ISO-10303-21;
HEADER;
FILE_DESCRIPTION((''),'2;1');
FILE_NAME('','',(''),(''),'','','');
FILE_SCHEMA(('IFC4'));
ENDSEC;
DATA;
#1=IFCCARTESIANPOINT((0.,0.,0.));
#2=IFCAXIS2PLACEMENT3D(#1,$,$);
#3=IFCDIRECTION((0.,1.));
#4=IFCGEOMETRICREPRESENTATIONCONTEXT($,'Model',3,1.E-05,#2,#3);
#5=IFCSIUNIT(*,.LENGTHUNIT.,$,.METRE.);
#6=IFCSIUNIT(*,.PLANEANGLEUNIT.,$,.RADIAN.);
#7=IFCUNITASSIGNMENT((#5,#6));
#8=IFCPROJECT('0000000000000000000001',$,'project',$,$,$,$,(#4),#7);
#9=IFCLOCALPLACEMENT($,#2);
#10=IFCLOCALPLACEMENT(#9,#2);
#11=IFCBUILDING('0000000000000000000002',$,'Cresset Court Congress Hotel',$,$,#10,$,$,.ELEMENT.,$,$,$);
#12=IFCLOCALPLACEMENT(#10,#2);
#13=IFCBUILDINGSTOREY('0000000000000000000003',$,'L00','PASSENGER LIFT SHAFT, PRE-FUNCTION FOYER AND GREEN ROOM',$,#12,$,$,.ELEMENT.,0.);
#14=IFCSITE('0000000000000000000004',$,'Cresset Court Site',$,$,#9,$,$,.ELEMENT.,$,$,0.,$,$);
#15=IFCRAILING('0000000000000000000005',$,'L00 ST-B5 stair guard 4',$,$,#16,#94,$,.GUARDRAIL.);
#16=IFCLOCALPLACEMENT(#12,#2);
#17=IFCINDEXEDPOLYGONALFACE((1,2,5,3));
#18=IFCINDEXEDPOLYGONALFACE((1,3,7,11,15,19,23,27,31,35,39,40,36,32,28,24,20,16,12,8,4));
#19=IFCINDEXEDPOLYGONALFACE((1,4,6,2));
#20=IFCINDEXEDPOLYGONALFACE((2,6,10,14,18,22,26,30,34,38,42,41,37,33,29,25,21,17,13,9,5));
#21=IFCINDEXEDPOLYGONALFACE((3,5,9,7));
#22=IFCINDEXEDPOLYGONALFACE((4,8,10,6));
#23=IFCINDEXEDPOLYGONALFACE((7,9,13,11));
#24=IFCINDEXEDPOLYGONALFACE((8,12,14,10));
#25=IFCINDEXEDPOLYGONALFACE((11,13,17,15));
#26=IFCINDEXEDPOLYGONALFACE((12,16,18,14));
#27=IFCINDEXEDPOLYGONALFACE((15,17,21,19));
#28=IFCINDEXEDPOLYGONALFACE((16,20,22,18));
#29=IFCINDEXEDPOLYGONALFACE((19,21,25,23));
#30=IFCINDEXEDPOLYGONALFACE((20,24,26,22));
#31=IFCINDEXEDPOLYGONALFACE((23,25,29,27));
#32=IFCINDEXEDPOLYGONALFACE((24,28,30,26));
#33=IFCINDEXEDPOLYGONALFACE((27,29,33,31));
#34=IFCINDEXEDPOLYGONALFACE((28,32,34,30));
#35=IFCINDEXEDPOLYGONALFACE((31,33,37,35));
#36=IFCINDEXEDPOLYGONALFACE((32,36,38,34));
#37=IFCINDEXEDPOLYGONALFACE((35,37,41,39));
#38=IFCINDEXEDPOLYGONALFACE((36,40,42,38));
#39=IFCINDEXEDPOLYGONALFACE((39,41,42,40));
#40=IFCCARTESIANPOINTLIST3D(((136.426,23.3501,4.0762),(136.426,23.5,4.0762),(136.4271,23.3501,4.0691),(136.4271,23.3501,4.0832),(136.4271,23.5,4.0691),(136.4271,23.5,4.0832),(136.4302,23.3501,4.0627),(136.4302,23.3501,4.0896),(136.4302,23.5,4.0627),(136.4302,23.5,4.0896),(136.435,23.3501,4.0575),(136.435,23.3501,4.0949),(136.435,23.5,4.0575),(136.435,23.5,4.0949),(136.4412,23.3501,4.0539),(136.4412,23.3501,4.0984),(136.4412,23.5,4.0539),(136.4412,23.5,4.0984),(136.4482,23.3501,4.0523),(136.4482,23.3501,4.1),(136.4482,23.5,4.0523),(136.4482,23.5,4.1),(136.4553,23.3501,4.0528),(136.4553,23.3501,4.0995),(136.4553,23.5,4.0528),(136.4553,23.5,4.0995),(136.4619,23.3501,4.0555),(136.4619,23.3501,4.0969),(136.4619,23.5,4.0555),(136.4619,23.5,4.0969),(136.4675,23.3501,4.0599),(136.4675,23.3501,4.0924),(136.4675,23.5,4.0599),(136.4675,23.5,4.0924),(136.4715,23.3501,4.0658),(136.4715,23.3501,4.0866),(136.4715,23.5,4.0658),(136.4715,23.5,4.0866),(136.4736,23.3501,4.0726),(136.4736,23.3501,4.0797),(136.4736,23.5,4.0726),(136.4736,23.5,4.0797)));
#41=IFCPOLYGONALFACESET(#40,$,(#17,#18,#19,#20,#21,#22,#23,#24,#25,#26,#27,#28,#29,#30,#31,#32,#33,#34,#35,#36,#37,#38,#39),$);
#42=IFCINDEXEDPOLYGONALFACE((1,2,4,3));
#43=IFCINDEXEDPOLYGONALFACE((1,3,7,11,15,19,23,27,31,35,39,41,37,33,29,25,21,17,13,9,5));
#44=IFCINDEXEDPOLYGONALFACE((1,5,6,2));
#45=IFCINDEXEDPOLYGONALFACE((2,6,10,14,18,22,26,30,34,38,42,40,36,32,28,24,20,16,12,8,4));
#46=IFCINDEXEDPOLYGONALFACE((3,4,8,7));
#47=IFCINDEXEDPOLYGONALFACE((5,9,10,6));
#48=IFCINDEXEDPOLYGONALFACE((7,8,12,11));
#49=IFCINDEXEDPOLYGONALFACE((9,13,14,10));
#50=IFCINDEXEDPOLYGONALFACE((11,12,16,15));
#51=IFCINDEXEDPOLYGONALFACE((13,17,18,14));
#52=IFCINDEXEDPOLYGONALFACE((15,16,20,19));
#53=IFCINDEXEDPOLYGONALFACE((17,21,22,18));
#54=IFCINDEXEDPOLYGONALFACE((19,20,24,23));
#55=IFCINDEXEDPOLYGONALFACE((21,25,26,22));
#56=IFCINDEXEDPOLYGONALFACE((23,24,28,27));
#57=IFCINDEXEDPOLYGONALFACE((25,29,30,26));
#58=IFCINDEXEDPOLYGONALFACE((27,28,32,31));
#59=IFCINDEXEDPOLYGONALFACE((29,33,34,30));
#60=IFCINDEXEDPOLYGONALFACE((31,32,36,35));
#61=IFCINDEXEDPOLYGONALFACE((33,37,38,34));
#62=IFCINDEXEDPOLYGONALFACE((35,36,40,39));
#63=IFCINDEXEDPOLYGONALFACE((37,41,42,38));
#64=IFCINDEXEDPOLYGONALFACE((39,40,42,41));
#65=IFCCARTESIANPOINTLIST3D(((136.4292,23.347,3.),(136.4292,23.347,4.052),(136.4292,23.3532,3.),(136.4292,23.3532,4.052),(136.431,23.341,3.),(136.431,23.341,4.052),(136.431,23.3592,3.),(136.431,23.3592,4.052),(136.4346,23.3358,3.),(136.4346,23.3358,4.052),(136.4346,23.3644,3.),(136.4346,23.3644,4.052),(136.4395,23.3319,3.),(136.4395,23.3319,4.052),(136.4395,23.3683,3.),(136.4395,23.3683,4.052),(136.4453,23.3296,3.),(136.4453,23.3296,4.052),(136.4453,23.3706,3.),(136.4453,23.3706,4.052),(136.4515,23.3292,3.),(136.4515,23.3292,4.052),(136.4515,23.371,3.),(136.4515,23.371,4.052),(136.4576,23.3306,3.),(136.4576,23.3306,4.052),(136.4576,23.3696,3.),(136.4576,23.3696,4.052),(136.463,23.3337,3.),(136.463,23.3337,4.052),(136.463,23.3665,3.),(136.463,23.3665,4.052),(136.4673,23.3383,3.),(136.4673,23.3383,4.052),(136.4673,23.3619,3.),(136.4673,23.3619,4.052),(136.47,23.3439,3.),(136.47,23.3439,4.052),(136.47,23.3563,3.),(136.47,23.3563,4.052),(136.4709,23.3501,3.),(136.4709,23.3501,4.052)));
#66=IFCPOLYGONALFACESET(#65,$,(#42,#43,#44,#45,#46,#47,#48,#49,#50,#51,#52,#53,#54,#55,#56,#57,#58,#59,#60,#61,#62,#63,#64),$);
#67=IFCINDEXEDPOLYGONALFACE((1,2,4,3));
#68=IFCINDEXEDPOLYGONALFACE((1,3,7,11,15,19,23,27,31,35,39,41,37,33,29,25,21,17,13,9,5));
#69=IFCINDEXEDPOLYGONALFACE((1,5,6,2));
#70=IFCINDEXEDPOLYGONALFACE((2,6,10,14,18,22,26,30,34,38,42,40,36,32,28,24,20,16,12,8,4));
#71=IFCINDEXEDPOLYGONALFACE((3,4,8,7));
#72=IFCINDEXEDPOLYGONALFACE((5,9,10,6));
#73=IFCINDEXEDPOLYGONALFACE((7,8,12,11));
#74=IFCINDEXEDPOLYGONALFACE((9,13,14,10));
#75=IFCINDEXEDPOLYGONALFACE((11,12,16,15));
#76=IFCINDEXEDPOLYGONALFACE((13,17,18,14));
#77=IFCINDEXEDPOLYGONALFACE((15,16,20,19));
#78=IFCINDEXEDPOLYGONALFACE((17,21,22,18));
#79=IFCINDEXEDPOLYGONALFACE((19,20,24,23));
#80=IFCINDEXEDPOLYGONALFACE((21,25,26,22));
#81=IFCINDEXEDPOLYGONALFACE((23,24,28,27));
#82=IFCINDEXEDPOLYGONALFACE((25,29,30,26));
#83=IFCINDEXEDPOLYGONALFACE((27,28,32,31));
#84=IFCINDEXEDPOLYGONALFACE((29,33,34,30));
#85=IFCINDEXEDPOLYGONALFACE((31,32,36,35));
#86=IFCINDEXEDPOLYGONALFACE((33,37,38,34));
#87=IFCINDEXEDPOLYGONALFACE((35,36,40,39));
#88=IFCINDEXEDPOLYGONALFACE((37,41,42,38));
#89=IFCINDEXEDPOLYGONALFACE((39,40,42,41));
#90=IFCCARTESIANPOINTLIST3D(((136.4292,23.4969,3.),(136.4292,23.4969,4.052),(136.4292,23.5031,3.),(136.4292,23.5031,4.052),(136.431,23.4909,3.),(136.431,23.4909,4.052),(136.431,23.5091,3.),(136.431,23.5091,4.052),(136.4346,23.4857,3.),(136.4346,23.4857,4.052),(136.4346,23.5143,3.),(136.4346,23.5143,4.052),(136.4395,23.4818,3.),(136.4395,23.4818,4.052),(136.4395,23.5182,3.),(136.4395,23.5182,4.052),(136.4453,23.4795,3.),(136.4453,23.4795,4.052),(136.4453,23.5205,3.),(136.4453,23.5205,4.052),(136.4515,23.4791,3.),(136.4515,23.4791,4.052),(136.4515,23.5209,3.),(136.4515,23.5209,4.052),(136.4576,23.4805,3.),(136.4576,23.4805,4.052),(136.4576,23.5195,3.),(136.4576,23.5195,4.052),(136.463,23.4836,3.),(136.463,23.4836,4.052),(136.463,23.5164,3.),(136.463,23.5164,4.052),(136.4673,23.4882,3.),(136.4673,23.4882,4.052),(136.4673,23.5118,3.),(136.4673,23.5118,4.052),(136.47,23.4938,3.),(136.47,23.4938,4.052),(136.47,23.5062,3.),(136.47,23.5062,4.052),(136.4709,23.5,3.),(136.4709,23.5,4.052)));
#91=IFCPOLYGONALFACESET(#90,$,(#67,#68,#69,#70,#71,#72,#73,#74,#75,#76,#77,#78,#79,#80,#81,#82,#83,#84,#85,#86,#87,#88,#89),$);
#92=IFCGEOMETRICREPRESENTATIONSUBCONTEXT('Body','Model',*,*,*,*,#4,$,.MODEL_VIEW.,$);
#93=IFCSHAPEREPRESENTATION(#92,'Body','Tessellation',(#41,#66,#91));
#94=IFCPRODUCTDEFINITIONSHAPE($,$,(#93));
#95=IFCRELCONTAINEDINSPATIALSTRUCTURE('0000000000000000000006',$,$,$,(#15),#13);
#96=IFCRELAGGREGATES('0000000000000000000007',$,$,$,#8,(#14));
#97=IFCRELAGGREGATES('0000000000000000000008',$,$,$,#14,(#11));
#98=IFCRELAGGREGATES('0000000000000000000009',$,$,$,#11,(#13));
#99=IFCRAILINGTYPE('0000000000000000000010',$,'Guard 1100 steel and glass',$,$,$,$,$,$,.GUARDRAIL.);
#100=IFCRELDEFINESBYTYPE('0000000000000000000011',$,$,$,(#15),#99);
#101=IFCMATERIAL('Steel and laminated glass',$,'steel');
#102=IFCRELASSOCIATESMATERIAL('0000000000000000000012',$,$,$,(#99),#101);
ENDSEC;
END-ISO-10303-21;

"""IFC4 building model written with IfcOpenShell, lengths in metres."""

from ifc_helpers import new_model, si_unit, direction, frame, origin, origin_2d, place, context, subcontext, project, spatial, circle, extrude, material, type_object, element, save


model = new_model("IFC4")

# Units and contexts
model_context = context("Model", 3, precision=1e-05, world=origin(), true_north=direction((0.0, 1.0)))
body_context = subcontext(model_context, "Body", "Model", "MODEL_VIEW")
ifc_project = project(units=[si_unit("LENGTHUNIT", "METRE"), si_unit("PLANEANGLEUNIT", "RADIAN")], contexts=[model_context])

# Site, building, storey
site_placement = place(None, origin())
site = spatial("IfcSite", under=ifc_project, at=site_placement, Name="Cresset Court Site", CompositionType="ELEMENT", RefElevation=0.0)
building_placement = place(site_placement, origin())
building = spatial("IfcBuilding", under=site, at=building_placement, Name="Cresset Court Congress Hotel", CompositionType="ELEMENT")
storey_placement = place(building_placement, origin())
storey = spatial("IfcBuildingStorey", under=building, at=storey_placement, Name="L00", Description="PASSENGER LIFT SHAFT, PRE-FUNCTION FOYER AND GREEN ROOM", CompositionType="ELEMENT", Elevation=0.0)

# Railing
ifc_material_1 = material(Name="Steel and laminated glass", Category="steel")
railing_type_1 = type_object("IfcRailingType", Name="Guard 1100 steel and glass", PredefinedType="GUARDRAIL", material=ifc_material_1)
railing_1_placement = place(storey_placement, frame((136.45, 23.3501, 3.0)))
element("IfcRailing", 1, at=railing_1_placement, inside=storey, type_object=railing_type_1, Name="L00 ST-B5 stair guard 4", PredefinedType="GUARDRAIL", context=body_context, shape_type="SweptSolid", body=[
    extrude(circle(Radius=0.0239, at=origin_2d()), frame((0.0, 0.0, 1.0762), z_axis=(0.0, 1.0, 0.0), x_axis=(-1.0, 0.0, 0.0)), (0.0, 0.0, 1.0), 0.1499),
    extrude(circle(Radius=0.021, at=origin_2d()), origin(), (0.0, 0.0, 1.0), 1.052),
    extrude(circle(Radius=0.021, at=origin_2d()), frame((0.0, 0.1499, 0.0)), (0.0, 0.0, 1.0), 1.052),
])

save(model, "model.ifc")
